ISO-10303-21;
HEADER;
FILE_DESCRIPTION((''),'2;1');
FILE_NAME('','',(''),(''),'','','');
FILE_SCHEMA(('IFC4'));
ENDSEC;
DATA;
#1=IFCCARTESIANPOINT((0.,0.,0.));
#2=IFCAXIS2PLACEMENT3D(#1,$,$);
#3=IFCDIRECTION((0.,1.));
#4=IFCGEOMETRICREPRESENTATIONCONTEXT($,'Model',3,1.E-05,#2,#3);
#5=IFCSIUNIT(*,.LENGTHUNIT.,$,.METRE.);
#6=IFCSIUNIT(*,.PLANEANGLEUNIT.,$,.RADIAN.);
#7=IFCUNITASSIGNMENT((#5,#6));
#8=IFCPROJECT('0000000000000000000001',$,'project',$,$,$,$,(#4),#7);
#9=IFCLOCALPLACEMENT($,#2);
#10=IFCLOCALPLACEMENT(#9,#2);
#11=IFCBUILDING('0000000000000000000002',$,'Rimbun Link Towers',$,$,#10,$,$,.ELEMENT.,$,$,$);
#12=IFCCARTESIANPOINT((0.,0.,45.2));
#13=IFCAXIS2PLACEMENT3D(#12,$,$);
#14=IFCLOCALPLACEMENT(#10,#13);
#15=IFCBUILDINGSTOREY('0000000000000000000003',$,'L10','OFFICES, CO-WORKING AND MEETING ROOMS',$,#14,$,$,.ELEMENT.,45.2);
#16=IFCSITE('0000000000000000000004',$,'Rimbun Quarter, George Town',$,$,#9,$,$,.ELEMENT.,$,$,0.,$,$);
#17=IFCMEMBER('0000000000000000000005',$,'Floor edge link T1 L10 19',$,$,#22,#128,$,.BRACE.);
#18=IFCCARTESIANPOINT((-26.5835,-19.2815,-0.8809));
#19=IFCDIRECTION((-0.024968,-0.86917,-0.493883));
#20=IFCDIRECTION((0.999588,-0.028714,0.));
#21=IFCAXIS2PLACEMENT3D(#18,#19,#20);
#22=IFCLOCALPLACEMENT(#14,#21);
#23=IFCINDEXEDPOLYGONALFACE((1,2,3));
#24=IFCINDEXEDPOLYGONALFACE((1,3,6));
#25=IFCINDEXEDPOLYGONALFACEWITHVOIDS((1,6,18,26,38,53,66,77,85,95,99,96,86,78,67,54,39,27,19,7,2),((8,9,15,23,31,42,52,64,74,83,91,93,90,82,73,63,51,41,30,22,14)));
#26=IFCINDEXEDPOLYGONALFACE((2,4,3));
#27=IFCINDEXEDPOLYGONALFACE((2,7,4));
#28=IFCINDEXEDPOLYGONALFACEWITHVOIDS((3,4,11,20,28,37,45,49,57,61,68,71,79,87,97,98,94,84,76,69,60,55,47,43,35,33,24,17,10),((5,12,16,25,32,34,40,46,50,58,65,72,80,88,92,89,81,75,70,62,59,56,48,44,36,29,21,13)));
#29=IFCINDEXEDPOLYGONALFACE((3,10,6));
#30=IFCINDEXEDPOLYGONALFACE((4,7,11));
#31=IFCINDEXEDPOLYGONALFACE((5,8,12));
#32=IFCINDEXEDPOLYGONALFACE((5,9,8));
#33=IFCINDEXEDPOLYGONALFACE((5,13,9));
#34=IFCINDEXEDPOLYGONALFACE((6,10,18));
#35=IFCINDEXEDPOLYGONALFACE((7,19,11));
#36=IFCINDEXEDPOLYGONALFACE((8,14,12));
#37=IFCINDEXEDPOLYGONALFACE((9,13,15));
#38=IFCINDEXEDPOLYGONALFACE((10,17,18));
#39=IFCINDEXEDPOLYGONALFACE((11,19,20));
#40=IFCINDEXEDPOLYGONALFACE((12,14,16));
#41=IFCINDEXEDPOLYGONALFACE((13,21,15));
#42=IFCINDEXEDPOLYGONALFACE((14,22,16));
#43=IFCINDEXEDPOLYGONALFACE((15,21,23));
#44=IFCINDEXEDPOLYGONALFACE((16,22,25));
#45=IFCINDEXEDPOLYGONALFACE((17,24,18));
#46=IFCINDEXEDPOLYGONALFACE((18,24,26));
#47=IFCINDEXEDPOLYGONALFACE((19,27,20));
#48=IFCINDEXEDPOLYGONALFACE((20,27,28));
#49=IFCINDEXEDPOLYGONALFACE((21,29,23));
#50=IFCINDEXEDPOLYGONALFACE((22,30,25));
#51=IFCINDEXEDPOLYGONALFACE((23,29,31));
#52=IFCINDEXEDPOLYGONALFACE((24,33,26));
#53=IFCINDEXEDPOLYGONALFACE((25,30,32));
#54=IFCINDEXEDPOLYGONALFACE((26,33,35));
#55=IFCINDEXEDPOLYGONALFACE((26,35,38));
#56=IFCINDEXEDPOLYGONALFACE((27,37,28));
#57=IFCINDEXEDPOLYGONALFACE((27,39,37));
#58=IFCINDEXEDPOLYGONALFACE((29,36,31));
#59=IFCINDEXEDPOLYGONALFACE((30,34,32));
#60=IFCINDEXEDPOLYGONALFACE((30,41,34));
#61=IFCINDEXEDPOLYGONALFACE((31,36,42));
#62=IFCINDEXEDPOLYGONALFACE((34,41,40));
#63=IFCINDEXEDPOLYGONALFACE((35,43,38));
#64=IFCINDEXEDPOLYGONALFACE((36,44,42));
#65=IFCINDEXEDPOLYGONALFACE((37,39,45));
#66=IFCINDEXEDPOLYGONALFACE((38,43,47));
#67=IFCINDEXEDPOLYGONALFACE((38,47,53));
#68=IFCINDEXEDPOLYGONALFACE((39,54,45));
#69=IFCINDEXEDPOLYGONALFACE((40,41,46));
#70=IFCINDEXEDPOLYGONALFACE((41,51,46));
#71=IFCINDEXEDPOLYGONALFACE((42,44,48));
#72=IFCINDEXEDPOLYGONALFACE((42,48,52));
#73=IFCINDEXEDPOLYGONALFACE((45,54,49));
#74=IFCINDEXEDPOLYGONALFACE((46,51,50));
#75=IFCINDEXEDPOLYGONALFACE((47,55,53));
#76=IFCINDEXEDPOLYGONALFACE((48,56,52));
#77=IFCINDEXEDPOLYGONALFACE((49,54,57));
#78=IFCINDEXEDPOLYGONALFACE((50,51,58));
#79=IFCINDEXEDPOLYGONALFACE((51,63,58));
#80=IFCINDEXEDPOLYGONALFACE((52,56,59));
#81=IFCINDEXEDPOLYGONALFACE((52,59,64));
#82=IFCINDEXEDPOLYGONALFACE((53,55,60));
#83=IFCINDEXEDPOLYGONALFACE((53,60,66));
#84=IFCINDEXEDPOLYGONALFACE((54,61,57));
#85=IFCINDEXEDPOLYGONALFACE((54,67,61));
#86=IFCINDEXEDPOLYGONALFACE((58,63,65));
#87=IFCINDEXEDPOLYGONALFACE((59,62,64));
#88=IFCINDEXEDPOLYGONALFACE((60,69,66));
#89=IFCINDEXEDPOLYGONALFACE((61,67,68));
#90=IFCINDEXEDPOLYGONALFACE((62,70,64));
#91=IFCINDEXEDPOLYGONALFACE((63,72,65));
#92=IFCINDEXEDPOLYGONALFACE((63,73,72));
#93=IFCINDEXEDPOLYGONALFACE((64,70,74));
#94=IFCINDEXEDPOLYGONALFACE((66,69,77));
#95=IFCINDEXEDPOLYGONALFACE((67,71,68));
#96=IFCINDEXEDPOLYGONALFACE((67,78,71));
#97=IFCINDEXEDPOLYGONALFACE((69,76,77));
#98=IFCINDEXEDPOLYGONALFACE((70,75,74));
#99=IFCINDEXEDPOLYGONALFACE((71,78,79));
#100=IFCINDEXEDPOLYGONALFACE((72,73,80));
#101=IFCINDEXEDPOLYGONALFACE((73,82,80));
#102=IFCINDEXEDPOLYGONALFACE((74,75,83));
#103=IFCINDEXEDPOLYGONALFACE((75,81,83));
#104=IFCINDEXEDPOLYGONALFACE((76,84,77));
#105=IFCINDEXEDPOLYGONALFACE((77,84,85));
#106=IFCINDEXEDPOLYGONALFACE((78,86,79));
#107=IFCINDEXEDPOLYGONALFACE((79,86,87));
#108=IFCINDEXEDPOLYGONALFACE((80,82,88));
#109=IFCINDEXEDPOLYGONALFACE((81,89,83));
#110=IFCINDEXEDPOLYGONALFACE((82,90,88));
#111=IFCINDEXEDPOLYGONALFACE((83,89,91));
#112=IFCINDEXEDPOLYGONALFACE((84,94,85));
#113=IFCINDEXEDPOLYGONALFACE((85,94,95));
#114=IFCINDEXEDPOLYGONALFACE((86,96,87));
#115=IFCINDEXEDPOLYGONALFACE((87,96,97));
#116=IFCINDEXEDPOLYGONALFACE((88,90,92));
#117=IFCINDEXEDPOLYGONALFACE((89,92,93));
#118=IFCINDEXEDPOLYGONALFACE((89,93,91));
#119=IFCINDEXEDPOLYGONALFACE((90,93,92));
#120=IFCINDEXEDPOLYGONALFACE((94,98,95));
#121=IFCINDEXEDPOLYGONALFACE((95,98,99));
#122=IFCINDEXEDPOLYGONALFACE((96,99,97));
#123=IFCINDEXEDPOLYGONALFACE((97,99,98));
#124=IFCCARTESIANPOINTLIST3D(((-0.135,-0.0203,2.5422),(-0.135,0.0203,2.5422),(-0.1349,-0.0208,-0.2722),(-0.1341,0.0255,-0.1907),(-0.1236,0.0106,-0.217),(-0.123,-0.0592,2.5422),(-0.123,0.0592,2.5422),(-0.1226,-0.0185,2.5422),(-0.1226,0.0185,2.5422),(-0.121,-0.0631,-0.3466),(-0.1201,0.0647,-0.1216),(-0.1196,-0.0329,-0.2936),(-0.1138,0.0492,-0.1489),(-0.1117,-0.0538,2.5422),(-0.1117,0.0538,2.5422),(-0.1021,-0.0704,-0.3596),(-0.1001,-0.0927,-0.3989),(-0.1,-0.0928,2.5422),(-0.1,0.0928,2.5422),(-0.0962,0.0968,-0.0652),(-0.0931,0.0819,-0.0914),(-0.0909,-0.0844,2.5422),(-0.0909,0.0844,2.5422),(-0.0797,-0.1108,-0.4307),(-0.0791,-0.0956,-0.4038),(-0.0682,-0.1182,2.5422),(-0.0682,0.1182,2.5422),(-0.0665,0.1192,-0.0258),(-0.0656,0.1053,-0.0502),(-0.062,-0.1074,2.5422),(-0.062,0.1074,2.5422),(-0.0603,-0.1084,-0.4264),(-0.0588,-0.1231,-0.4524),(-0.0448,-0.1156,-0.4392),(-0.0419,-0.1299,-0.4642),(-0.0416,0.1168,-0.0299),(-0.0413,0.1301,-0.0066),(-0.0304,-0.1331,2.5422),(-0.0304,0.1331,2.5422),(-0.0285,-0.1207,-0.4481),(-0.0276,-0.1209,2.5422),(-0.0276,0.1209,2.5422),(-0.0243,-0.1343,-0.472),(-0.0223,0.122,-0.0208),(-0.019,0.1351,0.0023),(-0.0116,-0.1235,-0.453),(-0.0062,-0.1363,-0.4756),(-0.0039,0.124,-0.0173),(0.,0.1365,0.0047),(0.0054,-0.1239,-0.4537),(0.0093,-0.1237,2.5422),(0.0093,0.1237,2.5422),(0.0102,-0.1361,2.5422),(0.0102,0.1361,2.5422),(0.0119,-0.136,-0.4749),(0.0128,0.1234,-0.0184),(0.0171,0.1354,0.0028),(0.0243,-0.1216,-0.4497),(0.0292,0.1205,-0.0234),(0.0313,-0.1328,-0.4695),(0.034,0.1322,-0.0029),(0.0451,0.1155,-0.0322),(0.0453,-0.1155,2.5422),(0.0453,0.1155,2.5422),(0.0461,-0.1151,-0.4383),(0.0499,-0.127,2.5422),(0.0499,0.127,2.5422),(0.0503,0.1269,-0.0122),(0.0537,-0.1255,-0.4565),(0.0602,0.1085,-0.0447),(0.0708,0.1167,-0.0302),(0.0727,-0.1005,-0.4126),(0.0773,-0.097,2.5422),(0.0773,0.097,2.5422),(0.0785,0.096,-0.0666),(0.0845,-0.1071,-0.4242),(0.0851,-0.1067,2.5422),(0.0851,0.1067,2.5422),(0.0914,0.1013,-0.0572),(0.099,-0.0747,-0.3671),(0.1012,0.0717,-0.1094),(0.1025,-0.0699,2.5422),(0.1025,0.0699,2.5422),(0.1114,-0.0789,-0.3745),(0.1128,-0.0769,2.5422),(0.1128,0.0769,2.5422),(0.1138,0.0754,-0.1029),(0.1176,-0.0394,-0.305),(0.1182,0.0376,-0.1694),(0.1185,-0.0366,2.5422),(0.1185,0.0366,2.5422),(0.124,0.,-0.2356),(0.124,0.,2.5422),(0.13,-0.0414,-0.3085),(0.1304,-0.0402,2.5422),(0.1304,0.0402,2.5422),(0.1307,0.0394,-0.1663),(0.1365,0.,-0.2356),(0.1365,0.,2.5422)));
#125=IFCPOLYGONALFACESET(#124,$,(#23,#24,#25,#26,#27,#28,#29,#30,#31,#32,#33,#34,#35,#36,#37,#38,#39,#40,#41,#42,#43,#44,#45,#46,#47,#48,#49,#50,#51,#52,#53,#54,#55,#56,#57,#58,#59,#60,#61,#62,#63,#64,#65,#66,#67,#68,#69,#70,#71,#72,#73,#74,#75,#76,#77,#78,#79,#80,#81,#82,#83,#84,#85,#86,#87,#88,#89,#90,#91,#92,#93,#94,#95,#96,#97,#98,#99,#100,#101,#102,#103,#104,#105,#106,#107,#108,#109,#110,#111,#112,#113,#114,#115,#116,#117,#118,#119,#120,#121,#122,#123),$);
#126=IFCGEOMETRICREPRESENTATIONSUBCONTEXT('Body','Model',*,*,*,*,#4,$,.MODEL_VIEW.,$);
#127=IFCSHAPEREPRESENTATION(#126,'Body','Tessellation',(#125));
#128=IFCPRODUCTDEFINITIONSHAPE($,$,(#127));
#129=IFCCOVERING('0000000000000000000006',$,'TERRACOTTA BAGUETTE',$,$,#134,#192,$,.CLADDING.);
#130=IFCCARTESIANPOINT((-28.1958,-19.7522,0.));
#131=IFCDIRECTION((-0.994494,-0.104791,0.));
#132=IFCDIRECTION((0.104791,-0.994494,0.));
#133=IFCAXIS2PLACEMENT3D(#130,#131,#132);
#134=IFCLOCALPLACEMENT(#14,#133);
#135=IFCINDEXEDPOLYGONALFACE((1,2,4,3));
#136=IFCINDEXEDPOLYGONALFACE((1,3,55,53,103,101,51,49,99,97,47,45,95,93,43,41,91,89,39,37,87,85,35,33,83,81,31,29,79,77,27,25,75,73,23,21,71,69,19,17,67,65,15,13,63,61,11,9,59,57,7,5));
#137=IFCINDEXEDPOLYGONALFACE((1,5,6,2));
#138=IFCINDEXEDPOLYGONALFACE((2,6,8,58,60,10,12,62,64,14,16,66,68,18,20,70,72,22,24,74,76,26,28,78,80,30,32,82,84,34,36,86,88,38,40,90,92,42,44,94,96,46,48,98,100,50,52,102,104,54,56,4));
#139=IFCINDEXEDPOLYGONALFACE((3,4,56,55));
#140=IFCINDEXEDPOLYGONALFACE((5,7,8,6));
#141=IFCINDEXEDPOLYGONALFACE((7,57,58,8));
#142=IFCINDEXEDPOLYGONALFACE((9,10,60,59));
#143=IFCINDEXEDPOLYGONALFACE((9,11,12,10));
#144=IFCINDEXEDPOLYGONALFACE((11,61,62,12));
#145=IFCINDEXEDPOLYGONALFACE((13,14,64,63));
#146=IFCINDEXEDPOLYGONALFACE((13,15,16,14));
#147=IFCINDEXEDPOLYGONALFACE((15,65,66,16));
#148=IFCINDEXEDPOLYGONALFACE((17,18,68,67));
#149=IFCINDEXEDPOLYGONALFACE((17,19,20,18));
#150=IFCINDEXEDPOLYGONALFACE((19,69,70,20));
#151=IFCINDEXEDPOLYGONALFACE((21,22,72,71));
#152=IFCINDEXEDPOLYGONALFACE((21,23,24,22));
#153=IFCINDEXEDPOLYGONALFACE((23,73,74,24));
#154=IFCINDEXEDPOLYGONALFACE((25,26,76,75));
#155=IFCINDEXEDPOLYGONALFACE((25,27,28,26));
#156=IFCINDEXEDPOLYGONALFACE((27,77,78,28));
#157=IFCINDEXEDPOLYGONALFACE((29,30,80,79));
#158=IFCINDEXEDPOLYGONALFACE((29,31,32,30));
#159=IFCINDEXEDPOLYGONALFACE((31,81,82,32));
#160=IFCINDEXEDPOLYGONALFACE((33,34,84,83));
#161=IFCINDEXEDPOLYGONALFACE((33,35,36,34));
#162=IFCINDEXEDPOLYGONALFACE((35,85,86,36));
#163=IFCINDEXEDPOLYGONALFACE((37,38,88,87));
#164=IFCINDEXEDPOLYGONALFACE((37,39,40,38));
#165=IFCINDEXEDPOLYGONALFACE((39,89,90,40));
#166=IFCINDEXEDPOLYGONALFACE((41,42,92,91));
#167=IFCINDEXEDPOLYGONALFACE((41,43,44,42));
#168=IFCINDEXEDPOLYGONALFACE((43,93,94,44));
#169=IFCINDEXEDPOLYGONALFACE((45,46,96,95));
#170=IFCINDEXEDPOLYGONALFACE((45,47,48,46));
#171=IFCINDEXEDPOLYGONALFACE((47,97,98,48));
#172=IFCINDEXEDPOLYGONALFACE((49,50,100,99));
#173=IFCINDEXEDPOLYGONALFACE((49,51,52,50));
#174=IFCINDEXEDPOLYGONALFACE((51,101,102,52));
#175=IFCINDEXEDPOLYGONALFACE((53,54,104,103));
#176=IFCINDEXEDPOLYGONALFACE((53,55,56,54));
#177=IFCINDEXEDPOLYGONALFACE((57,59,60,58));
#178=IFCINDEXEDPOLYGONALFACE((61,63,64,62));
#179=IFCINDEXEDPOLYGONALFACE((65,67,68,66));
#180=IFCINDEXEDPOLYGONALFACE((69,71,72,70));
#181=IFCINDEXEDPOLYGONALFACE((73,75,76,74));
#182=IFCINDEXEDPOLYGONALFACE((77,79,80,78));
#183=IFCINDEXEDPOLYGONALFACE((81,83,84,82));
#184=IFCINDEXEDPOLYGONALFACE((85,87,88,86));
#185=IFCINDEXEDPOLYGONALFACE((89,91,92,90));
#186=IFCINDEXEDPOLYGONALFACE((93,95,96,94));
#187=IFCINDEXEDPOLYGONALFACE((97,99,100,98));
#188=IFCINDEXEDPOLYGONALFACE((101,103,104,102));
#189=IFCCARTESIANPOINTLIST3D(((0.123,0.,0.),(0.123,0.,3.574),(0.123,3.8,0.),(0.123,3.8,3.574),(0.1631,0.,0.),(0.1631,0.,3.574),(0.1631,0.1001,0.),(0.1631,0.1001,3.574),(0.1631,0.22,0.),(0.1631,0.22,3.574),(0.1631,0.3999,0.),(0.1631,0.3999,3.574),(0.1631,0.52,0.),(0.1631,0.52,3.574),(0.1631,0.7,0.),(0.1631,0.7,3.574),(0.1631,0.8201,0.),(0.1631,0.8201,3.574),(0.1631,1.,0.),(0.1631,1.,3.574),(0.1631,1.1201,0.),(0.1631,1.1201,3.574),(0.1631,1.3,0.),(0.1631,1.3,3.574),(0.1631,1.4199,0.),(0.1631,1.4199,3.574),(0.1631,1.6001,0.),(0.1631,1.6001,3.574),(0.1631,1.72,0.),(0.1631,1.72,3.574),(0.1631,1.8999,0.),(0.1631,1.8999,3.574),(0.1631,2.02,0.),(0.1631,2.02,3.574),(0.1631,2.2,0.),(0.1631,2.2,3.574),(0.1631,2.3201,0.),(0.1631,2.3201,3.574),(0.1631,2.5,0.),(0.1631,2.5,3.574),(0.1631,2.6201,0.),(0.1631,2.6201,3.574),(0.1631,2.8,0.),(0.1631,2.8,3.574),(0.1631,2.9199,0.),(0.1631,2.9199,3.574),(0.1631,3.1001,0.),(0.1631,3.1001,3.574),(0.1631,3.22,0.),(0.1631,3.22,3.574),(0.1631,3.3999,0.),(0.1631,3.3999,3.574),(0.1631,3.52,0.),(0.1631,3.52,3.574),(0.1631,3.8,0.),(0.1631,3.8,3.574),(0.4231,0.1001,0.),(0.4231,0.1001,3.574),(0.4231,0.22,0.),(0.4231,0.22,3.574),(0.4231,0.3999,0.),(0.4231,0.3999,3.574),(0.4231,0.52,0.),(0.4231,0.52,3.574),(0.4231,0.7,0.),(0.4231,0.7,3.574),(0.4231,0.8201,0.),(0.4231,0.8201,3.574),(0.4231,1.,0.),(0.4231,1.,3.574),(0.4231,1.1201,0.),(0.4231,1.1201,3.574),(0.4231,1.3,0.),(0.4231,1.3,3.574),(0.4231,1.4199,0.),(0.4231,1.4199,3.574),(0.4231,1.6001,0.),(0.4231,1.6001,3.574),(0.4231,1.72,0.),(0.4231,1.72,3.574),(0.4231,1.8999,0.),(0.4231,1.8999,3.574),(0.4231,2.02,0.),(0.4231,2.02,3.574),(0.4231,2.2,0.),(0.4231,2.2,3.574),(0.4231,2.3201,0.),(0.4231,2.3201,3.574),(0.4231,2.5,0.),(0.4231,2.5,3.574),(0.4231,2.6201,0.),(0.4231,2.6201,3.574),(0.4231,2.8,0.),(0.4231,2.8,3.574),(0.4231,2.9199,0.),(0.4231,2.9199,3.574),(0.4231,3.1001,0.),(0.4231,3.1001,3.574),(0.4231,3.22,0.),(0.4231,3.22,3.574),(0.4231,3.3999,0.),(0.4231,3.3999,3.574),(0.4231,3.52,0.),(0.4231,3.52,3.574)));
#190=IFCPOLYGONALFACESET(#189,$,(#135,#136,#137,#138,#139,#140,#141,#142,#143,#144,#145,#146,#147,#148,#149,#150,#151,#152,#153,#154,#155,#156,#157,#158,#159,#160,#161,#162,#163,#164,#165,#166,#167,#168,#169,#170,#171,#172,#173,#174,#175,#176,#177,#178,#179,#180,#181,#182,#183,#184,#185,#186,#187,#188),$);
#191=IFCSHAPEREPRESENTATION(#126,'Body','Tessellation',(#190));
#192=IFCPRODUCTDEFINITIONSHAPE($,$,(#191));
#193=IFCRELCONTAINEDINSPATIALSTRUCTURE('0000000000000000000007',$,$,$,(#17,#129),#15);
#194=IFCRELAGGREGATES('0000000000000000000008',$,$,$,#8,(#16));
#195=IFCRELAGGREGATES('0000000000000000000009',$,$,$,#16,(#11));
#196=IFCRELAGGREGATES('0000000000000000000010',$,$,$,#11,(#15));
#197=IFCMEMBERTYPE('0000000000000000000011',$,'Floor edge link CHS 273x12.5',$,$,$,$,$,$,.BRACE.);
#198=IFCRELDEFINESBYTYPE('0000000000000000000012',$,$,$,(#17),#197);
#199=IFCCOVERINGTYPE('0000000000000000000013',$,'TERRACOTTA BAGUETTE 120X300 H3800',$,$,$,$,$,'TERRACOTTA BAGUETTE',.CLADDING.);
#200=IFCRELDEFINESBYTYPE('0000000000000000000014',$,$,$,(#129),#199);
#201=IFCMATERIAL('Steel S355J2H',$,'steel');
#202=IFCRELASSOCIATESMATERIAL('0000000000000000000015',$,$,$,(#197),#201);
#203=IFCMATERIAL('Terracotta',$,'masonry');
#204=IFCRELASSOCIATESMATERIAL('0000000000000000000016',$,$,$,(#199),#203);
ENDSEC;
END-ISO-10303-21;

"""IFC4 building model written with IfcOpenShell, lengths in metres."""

from ifc_helpers import new_model, si_unit, direction, frame, origin, origin_2d, place, context, subcontext, project, spatial, polyline, hollow_circle, outline, extrude, clip, halfspace, material, material_profile, profile_set, type_object, element, save


model = new_model("IFC4")

# Units and contexts
model_context = context("Model", 3, precision=1e-05, world=origin(), true_north=direction((0.0, 1.0)))
body_context = subcontext(model_context, "Body", "Model", "MODEL_VIEW")
ifc_project = project(units=[si_unit("LENGTHUNIT", "METRE"), si_unit("PLANEANGLEUNIT", "RADIAN")], contexts=[model_context])

# Site, building, storey
site_placement = place(None, origin())
site = spatial("IfcSite", under=ifc_project, at=site_placement, Name="Rimbun Quarter, George Town", CompositionType="ELEMENT", RefElevation=0.0)
building_placement = place(site_placement, origin())
building = spatial("IfcBuilding", under=site, at=building_placement, Name="Rimbun Link Towers", CompositionType="ELEMENT")
storey_placement = place(building_placement, frame((0.0, 0.0, 45.2)))
storey = spatial("IfcBuildingStorey", under=building, at=storey_placement, Name="L10", Description="OFFICES, CO-WORKING AND MEETING ROOMS", CompositionType="ELEMENT", Elevation=45.2)

# Member
ifc_material_1 = material(Name="Steel S355J2H", Category="steel")
ifc_material_profile_1 = material_profile(ifc_material_1, hollow_circle(Radius=0.1365, WallThickness=0.0125, at=origin_2d()), Name="CHS 273x12.5")
ifc_profile_set_1 = profile_set([ifc_material_profile_1], Name="Steel S355J2H")
member_type_1 = type_object("IfcMemberType", Name="Floor edge link CHS 273x12.5", PredefinedType="BRACE", material=ifc_profile_set_1)
member_1_placement = place(storey_placement, frame((-26.5835, -19.2815, -0.8809), z_axis=(-0.024968, -0.86917, -0.493883), x_axis=(0.999588, -0.028714, 0.0)))
element("IfcMember", 1, at=member_1_placement, inside=storey, type_object=member_type_1, Name="Floor edge link T1 L10 19", PredefinedType="BRACE", context=body_context, shape_type="Clipping", body=[
    clip(extrude(hollow_circle(Radius=0.1365, WallThickness=0.0125, at=origin_2d()), frame((0.0, 0.0, -0.501)), (0.0, 0.0, 1.0), 3.0432), halfspace(frame((0.0, 0.0, -0.2356), z_axis=(0.0, 0.869528, -0.493883)), False)),
])

# Covering
ifc_material_2 = material(Name="Terracotta", Category="masonry")
ifc_material_profile_2 = material_profile(ifc_material_2, outline(polyline([(0.123, 0.0), (0.1631, 0.0), (0.1631, 0.1001), (0.4231, 0.1001), (0.4231, 0.22), (0.1631, 0.22), (0.1631, 0.3999), (0.4231, 0.3999), (0.4231, 0.52), (0.1631, 0.52), (0.1631, 0.7), (0.4231, 0.7), (0.4231, 0.8201), (0.1631, 0.8201), (0.1631, 1.0), (0.4231, 1.0), (0.4231, 1.1201), (0.1631, 1.1201), (0.1631, 1.3), (0.4231, 1.3), (0.4231, 1.4199), (0.1631, 1.4199), (0.1631, 1.6001), (0.4231, 1.6001), (0.4231, 1.72), (0.1631, 1.72), (0.1631, 1.8999), (0.4231, 1.8999), (0.4231, 2.02), (0.1631, 2.02), (0.1631, 2.2), (0.4231, 2.2), (0.4231, 2.3201), (0.1631, 2.3201), (0.1631, 2.5), (0.4231, 2.5), (0.4231, 2.6201), (0.1631, 2.6201), (0.1631, 2.8), (0.4231, 2.8), (0.4231, 2.9199), (0.1631, 2.9199), (0.1631, 3.1001), (0.4231, 3.1001), (0.4231, 3.22), (0.1631, 3.22), (0.1631, 3.3999), (0.4231, 3.3999), (0.4231, 3.52), (0.1631, 3.52), (0.1631, 3.8), (0.123, 3.8), (0.123, 0.0)])), Name="BAGUETTE 120X300")
ifc_profile_set_2 = profile_set([ifc_material_profile_2], Name="Terracotta")
covering_type = type_object("IfcCoveringType", Name="TERRACOTTA BAGUETTE 120X300 H3800", ElementType="TERRACOTTA BAGUETTE", PredefinedType="CLADDING", material=ifc_profile_set_2)
covering_1_placement = place(storey_placement, frame((-28.1958, -19.7522, 0.0), z_axis=(-0.994494, -0.104791, 0.0), x_axis=(0.104791, -0.994494, 0.0)))
element("IfcCovering", 2, at=covering_1_placement, inside=storey, type_object=covering_type, Name="TERRACOTTA BAGUETTE", PredefinedType="CLADDING", context=body_context, shape_type="SweptSolid", body=[
    extrude(outline(polyline([(0.123, 0.0), (0.1631, 0.0), (0.1631, 0.1001), (0.4231, 0.1001), (0.4231, 0.22), (0.1631, 0.22), (0.1631, 0.3999), (0.4231, 0.3999), (0.4231, 0.52), (0.1631, 0.52), (0.1631, 0.7), (0.4231, 0.7), (0.4231, 0.8201), (0.1631, 0.8201), (0.1631, 1.0), (0.4231, 1.0), (0.4231, 1.1201), (0.1631, 1.1201), (0.1631, 1.3), (0.4231, 1.3), (0.4231, 1.4199), (0.1631, 1.4199), (0.1631, 1.6001), (0.4231, 1.6001), (0.4231, 1.72), (0.1631, 1.72), (0.1631, 1.8999), (0.4231, 1.8999), (0.4231, 2.02), (0.1631, 2.02), (0.1631, 2.2), (0.4231, 2.2), (0.4231, 2.3201), (0.1631, 2.3201), (0.1631, 2.5), (0.4231, 2.5), (0.4231, 2.6201), (0.1631, 2.6201), (0.1631, 2.8), (0.4231, 2.8), (0.4231, 2.9199), (0.1631, 2.9199), (0.1631, 3.1001), (0.4231, 3.1001), (0.4231, 3.22), (0.1631, 3.22), (0.1631, 3.3999), (0.4231, 3.3999), (0.4231, 3.52), (0.1631, 3.52), (0.1631, 3.8), (0.123, 3.8), (0.123, 0.0)])), origin(), (0.0, 0.0, 1.0), 3.574),
])

save(model, "model.ifc")
